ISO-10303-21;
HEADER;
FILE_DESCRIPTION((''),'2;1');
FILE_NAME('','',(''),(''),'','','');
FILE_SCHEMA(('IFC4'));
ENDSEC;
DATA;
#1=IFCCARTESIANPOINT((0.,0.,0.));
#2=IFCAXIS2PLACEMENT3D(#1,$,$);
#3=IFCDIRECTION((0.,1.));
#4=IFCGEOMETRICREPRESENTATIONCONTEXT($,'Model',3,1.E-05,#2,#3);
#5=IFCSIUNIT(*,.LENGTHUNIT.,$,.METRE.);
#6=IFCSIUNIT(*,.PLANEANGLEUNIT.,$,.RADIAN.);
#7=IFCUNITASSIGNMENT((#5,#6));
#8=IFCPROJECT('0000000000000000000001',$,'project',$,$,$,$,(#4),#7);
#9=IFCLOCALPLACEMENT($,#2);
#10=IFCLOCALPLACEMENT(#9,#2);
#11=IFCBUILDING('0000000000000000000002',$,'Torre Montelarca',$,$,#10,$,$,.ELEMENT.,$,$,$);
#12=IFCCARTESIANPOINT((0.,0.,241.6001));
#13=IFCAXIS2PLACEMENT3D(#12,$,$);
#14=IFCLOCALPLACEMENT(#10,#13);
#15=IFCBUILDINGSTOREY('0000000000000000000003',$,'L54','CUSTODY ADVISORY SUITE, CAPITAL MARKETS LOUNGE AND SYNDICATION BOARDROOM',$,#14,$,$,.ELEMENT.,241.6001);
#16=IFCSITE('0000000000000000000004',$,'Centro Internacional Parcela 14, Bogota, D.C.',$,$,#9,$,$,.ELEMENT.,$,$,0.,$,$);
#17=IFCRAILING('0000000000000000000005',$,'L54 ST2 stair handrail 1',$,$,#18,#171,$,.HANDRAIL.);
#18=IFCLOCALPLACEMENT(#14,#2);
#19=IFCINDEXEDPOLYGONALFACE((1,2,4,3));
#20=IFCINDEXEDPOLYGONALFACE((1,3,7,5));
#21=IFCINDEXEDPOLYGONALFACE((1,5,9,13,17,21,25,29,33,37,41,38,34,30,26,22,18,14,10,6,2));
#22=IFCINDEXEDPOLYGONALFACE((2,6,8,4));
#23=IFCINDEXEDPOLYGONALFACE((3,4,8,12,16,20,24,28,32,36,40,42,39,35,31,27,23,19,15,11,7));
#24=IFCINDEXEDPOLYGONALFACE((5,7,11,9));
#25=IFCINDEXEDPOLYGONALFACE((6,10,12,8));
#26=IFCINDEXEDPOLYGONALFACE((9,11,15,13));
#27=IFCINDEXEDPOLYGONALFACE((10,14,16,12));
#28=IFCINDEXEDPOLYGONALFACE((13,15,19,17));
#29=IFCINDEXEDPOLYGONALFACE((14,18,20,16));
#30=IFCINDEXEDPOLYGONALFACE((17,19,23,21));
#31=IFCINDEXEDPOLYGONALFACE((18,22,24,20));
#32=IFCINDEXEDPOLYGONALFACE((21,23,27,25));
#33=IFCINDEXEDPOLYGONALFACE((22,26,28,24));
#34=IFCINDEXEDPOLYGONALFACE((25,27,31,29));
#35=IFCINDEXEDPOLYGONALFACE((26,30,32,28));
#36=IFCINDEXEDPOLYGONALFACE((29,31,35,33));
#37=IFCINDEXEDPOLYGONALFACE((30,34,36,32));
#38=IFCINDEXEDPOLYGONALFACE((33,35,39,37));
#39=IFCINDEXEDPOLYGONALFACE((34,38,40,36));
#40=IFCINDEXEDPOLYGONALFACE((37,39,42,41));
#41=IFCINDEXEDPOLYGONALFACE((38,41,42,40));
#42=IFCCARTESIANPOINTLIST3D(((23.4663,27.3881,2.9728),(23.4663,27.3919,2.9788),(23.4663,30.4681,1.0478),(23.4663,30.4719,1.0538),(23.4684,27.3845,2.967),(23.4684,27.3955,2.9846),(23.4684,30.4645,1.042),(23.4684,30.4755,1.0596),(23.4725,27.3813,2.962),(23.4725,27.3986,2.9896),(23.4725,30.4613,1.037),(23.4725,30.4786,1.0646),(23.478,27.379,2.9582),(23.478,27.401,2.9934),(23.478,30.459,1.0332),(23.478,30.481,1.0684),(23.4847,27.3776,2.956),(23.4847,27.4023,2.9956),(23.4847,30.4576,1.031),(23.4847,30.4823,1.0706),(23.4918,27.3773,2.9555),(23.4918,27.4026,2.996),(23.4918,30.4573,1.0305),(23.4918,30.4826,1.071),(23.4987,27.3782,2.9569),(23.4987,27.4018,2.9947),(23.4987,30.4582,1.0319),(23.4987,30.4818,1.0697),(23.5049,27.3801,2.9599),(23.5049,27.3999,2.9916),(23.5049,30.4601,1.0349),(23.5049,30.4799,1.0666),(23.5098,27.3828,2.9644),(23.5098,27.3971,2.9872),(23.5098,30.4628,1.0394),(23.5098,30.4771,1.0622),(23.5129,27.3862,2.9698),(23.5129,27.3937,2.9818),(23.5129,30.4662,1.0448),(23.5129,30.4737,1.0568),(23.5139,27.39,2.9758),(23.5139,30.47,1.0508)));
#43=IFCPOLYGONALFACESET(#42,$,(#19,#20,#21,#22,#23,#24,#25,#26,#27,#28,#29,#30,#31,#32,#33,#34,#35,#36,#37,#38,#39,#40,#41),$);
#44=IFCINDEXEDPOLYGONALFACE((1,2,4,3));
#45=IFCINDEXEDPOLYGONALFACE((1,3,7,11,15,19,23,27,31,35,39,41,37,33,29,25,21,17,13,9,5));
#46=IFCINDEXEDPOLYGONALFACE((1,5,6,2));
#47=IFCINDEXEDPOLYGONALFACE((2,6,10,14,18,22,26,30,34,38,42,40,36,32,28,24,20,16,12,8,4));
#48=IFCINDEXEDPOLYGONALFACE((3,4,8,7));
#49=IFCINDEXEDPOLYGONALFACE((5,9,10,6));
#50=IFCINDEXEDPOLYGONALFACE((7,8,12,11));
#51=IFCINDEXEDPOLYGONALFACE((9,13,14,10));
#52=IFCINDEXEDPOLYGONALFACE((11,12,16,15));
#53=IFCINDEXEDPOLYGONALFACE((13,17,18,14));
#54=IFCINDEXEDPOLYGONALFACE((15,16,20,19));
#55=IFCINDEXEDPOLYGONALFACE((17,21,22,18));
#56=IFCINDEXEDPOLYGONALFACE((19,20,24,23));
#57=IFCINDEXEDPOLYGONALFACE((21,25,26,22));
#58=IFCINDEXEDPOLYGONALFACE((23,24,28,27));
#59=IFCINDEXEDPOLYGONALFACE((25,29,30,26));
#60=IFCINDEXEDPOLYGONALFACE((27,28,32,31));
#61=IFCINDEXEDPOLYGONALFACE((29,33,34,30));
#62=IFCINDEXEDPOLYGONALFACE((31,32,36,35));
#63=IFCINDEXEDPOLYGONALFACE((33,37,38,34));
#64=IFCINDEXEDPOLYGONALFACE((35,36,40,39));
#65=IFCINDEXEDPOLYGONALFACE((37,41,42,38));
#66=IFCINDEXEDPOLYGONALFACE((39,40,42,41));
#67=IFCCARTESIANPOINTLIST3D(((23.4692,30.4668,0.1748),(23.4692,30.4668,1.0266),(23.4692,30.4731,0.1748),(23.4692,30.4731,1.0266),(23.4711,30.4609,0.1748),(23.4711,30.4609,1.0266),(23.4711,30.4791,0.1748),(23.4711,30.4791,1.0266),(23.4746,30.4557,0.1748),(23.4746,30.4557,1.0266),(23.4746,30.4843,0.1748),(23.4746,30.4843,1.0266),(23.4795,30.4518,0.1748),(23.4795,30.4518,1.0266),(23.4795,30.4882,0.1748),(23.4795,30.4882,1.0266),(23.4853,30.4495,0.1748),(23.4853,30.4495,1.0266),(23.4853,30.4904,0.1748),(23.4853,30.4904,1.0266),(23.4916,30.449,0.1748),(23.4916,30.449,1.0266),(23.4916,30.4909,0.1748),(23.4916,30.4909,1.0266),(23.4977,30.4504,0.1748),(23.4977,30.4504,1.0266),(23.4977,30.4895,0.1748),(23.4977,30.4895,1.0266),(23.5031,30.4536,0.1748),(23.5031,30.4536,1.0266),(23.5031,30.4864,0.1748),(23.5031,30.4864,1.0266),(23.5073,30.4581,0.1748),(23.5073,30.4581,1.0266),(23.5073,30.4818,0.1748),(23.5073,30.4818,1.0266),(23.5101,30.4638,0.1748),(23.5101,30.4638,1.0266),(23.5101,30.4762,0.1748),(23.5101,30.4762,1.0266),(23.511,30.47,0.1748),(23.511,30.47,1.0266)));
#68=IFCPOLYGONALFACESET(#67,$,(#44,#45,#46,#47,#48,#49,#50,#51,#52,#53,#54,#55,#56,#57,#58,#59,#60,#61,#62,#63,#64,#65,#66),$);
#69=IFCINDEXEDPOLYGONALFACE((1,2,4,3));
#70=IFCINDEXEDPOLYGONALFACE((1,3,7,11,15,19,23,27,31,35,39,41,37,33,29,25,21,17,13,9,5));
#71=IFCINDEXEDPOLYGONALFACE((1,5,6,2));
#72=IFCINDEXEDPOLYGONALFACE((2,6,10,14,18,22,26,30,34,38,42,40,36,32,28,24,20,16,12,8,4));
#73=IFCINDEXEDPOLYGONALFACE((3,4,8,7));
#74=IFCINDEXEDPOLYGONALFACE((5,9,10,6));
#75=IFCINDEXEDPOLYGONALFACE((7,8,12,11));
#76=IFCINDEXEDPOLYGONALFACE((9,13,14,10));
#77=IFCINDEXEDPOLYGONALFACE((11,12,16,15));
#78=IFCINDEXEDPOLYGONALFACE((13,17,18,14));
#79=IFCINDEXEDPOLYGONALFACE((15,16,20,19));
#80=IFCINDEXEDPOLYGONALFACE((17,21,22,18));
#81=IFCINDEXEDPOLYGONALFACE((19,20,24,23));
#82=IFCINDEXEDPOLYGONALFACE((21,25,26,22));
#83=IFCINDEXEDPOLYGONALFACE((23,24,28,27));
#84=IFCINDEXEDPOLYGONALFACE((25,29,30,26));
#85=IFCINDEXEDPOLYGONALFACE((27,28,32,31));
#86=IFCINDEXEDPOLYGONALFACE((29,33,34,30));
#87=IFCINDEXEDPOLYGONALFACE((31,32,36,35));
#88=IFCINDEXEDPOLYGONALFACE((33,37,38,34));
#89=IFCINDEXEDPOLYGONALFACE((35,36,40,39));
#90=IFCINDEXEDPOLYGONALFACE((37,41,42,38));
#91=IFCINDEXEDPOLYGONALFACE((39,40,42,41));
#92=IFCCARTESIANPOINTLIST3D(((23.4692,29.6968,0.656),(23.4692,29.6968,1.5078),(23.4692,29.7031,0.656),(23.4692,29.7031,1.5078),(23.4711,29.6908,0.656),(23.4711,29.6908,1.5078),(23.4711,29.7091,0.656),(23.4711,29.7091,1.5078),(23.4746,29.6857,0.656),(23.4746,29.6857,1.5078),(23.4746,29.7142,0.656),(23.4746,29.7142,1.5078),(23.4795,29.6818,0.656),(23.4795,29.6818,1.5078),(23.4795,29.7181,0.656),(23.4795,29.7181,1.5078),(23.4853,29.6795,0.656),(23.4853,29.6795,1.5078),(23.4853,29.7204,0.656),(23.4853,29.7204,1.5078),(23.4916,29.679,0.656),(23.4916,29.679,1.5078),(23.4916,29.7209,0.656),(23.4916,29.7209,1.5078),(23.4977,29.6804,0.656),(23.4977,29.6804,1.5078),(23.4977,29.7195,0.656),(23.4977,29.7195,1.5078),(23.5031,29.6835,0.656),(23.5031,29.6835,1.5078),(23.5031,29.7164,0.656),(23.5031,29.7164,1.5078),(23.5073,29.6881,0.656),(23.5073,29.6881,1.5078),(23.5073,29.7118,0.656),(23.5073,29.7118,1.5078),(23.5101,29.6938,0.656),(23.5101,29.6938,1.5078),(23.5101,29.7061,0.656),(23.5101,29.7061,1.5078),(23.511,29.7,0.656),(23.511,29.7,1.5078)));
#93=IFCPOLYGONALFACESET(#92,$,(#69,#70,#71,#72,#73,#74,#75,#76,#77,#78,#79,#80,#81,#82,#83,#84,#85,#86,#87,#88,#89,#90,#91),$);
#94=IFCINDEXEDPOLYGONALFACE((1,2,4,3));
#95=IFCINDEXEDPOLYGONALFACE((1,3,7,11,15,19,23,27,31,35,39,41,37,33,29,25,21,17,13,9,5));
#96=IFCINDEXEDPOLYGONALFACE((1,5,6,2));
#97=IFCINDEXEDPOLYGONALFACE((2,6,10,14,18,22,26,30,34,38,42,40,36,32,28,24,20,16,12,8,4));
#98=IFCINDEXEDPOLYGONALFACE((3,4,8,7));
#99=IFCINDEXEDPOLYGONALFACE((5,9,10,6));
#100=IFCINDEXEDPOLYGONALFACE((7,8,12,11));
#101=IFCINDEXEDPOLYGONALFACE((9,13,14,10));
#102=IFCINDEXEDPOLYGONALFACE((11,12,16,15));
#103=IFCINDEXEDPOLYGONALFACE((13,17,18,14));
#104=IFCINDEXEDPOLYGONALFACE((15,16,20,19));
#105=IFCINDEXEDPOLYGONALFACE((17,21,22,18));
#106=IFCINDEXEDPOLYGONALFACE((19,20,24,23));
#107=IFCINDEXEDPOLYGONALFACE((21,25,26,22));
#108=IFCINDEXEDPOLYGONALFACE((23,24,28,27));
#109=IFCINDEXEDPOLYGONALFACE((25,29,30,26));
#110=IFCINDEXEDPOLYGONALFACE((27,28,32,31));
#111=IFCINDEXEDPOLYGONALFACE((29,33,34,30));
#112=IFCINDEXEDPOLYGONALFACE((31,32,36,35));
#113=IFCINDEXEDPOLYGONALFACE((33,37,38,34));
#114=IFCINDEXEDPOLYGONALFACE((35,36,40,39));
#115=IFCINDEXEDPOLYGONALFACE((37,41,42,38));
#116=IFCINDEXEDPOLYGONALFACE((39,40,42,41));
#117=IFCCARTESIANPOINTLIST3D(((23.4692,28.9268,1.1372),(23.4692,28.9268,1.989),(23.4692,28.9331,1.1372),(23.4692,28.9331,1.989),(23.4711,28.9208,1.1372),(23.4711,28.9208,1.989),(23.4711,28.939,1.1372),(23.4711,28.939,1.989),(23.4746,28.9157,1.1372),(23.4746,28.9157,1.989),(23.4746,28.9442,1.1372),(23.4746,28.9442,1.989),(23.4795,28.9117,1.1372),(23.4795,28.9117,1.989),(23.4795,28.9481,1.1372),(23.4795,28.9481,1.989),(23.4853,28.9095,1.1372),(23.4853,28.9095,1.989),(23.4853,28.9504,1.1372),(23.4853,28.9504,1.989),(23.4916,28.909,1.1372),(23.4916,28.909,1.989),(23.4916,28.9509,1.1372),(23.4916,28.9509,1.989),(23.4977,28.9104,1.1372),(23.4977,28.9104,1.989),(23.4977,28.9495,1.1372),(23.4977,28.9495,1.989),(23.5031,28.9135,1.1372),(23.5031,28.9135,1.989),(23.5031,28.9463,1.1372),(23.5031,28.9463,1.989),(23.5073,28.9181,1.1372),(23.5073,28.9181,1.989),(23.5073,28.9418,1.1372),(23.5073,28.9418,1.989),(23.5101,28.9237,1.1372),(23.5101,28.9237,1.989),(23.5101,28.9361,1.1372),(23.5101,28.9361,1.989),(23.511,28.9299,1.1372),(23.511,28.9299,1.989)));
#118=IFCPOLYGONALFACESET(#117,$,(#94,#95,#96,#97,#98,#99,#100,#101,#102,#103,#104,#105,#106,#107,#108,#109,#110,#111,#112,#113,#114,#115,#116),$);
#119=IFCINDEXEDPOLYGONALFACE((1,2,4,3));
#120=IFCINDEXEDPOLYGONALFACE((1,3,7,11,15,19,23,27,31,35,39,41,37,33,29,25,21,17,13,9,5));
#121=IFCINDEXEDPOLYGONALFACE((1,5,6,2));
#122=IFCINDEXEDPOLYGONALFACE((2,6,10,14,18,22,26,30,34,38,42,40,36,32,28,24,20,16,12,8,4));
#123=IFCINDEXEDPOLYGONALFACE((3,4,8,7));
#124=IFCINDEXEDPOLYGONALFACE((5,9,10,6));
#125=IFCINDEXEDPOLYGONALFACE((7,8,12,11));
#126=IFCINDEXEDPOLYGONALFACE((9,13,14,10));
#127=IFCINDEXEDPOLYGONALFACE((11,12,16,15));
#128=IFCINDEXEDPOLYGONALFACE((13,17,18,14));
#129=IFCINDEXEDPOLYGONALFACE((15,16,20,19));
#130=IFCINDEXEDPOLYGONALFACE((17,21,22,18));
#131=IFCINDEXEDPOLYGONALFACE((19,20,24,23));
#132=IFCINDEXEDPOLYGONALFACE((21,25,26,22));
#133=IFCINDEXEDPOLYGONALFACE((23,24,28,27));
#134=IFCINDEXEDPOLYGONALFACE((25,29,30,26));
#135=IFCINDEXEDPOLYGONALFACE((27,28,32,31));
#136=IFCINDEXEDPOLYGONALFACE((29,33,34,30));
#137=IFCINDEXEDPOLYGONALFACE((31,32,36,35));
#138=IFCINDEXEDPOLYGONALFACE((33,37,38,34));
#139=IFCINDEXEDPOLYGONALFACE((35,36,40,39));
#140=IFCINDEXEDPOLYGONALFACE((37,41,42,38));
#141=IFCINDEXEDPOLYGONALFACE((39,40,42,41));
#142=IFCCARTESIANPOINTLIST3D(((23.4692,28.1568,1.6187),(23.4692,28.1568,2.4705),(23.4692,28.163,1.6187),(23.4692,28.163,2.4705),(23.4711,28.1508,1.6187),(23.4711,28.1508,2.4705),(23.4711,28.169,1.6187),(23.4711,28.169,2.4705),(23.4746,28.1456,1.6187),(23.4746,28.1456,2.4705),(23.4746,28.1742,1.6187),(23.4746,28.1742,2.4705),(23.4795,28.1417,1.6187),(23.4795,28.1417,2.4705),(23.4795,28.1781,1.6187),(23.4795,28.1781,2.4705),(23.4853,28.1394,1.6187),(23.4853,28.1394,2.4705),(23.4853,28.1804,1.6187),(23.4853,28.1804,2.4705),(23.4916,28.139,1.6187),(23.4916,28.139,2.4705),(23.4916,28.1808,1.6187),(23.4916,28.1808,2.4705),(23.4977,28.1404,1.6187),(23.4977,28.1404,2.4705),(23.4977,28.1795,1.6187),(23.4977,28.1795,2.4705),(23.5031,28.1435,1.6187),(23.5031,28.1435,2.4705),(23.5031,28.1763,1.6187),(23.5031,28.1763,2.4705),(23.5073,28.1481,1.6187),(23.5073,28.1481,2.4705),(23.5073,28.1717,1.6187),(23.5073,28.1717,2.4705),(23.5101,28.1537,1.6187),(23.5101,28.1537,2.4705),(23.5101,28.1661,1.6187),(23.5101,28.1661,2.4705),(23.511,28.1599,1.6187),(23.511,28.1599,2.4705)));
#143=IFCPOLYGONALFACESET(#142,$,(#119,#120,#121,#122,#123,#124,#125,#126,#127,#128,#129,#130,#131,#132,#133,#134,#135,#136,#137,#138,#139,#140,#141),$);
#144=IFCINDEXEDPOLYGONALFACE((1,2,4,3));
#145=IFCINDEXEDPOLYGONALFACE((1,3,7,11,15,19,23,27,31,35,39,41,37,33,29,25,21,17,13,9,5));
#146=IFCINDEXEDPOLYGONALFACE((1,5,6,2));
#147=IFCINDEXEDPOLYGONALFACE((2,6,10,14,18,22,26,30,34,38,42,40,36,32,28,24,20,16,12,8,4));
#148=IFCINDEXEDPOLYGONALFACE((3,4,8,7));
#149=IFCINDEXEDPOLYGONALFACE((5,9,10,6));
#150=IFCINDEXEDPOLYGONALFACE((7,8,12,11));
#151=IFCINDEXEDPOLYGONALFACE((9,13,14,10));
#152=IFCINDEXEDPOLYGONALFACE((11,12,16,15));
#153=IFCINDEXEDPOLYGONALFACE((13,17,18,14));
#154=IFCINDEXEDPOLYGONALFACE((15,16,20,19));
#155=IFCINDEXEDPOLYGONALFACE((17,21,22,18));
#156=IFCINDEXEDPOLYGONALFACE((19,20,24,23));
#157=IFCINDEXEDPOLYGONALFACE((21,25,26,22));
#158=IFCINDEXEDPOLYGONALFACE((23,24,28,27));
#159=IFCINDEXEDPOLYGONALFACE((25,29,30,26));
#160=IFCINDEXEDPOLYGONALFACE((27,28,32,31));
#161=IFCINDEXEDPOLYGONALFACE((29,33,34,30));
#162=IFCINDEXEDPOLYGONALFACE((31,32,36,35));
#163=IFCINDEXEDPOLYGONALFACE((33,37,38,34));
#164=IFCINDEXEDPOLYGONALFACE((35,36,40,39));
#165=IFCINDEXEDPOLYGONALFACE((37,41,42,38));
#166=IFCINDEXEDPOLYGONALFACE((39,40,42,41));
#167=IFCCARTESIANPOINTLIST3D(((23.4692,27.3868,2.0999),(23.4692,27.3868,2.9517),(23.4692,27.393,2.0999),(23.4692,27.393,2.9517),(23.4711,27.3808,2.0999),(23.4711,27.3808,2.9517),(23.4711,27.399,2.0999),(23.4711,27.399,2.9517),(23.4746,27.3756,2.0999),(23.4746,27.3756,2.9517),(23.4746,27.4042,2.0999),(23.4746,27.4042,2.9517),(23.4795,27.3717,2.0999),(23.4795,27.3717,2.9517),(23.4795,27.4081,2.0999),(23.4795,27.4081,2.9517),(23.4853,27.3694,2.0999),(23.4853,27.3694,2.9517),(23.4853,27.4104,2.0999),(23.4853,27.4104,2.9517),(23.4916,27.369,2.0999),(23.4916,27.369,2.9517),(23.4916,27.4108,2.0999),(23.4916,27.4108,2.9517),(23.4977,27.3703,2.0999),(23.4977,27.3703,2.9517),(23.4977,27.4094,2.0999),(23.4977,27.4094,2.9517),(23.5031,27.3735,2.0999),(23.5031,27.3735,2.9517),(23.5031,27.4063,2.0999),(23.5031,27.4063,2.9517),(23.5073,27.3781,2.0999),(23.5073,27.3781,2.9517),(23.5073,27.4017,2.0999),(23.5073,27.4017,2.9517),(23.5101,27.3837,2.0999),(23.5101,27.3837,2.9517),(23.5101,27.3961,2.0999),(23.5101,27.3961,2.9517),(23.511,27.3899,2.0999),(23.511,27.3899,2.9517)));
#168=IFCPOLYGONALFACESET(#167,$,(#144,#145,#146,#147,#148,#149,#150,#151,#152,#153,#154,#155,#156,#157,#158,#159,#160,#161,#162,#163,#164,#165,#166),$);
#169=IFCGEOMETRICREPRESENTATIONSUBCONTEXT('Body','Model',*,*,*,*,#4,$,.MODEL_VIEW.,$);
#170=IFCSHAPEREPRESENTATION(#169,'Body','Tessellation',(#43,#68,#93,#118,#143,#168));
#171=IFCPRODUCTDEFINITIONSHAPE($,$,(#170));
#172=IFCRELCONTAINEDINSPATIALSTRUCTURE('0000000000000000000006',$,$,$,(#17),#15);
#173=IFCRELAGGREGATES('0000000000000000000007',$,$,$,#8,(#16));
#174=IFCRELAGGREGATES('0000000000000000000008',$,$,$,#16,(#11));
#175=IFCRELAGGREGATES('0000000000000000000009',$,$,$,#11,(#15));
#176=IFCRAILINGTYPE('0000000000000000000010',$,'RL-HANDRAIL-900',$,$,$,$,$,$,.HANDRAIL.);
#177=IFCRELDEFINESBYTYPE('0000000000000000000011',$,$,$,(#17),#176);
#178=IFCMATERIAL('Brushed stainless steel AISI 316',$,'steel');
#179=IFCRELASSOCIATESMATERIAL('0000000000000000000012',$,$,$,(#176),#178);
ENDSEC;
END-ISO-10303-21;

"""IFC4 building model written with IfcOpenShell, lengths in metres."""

from ifc_helpers import new_model, si_unit, direction, frame, origin, origin_2d, place, context, subcontext, project, spatial, circle, extrude, material, type_object, element, save


model = new_model("IFC4")

# Units and contexts
model_context = context("Model", 3, precision=1e-05, world=origin(), true_north=direction((0.0, 1.0)))
body_context = subcontext(model_context, "Body", "Model", "MODEL_VIEW")
ifc_project = project(units=[si_unit("LENGTHUNIT", "METRE"), si_unit("PLANEANGLEUNIT", "RADIAN")], contexts=[model_context])

# Site, building, storey
site_placement = place(None, origin())
site = spatial("IfcSite", under=ifc_project, at=site_placement, Name="Centro Internacional Parcela 14, Bogota, D.C.", CompositionType="ELEMENT", RefElevation=0.0)
building_placement = place(site_placement, origin())
building = spatial("IfcBuilding", under=site, at=building_placement, Name="Torre Montelarca", CompositionType="ELEMENT")
storey_placement = place(building_placement, frame((0.0, 0.0, 241.6001)))
storey = spatial("IfcBuildingStorey", under=building, at=storey_placement, Name="L54", Description="CUSTODY ADVISORY SUITE, CAPITAL MARKETS LOUNGE AND SYNDICATION BOARDROOM", CompositionType="ELEMENT", Elevation=241.6001)

# Railing
ifc_material_1 = material(Name="Brushed stainless steel AISI 316", Category="steel")
railing_type_1 = type_object("IfcRailingType", Name="RL-HANDRAIL-900", PredefinedType="HANDRAIL", material=ifc_material_1)
railing_1_placement = place(storey_placement, frame((23.49, 30.47, 0.1748)))
element("IfcRailing", 1, at=railing_1_placement, inside=storey, type_object=railing_type_1, Name="L54 ST2 stair handrail 1", PredefinedType="HANDRAIL", context=body_context, shape_type="SweptSolid", body=[
    extrude(circle(Radius=0.0239, at=origin_2d()), frame((0.0, 0.0, 0.876), z_axis=(0.0, -0.847998, 0.529999), x_axis=(1.0, 0.0, 0.0)), (0.0, 0.0, 1.0), 3.6321),
    extrude(circle(Radius=0.021, at=origin_2d()), origin(), (0.0, 0.0, 1.0), 0.8518),
    extrude(circle(Radius=0.021, at=origin_2d()), frame((0.0, -0.77, 0.4812)), (0.0, 0.0, 1.0), 0.8518),
    extrude(circle(Radius=0.021, at=origin_2d()), frame((0.0, -1.54, 0.9624)), (0.0, 0.0, 1.0), 0.8518),
    extrude(circle(Radius=0.021, at=origin_2d()), frame((0.0, -2.3101, 1.4438)), (0.0, 0.0, 1.0), 0.8518),
    extrude(circle(Radius=0.021, at=origin_2d()), frame((0.0, -3.0801, 1.925)), (0.0, 0.0, 1.0), 0.8518),
])

save(model, "model.ifc")
